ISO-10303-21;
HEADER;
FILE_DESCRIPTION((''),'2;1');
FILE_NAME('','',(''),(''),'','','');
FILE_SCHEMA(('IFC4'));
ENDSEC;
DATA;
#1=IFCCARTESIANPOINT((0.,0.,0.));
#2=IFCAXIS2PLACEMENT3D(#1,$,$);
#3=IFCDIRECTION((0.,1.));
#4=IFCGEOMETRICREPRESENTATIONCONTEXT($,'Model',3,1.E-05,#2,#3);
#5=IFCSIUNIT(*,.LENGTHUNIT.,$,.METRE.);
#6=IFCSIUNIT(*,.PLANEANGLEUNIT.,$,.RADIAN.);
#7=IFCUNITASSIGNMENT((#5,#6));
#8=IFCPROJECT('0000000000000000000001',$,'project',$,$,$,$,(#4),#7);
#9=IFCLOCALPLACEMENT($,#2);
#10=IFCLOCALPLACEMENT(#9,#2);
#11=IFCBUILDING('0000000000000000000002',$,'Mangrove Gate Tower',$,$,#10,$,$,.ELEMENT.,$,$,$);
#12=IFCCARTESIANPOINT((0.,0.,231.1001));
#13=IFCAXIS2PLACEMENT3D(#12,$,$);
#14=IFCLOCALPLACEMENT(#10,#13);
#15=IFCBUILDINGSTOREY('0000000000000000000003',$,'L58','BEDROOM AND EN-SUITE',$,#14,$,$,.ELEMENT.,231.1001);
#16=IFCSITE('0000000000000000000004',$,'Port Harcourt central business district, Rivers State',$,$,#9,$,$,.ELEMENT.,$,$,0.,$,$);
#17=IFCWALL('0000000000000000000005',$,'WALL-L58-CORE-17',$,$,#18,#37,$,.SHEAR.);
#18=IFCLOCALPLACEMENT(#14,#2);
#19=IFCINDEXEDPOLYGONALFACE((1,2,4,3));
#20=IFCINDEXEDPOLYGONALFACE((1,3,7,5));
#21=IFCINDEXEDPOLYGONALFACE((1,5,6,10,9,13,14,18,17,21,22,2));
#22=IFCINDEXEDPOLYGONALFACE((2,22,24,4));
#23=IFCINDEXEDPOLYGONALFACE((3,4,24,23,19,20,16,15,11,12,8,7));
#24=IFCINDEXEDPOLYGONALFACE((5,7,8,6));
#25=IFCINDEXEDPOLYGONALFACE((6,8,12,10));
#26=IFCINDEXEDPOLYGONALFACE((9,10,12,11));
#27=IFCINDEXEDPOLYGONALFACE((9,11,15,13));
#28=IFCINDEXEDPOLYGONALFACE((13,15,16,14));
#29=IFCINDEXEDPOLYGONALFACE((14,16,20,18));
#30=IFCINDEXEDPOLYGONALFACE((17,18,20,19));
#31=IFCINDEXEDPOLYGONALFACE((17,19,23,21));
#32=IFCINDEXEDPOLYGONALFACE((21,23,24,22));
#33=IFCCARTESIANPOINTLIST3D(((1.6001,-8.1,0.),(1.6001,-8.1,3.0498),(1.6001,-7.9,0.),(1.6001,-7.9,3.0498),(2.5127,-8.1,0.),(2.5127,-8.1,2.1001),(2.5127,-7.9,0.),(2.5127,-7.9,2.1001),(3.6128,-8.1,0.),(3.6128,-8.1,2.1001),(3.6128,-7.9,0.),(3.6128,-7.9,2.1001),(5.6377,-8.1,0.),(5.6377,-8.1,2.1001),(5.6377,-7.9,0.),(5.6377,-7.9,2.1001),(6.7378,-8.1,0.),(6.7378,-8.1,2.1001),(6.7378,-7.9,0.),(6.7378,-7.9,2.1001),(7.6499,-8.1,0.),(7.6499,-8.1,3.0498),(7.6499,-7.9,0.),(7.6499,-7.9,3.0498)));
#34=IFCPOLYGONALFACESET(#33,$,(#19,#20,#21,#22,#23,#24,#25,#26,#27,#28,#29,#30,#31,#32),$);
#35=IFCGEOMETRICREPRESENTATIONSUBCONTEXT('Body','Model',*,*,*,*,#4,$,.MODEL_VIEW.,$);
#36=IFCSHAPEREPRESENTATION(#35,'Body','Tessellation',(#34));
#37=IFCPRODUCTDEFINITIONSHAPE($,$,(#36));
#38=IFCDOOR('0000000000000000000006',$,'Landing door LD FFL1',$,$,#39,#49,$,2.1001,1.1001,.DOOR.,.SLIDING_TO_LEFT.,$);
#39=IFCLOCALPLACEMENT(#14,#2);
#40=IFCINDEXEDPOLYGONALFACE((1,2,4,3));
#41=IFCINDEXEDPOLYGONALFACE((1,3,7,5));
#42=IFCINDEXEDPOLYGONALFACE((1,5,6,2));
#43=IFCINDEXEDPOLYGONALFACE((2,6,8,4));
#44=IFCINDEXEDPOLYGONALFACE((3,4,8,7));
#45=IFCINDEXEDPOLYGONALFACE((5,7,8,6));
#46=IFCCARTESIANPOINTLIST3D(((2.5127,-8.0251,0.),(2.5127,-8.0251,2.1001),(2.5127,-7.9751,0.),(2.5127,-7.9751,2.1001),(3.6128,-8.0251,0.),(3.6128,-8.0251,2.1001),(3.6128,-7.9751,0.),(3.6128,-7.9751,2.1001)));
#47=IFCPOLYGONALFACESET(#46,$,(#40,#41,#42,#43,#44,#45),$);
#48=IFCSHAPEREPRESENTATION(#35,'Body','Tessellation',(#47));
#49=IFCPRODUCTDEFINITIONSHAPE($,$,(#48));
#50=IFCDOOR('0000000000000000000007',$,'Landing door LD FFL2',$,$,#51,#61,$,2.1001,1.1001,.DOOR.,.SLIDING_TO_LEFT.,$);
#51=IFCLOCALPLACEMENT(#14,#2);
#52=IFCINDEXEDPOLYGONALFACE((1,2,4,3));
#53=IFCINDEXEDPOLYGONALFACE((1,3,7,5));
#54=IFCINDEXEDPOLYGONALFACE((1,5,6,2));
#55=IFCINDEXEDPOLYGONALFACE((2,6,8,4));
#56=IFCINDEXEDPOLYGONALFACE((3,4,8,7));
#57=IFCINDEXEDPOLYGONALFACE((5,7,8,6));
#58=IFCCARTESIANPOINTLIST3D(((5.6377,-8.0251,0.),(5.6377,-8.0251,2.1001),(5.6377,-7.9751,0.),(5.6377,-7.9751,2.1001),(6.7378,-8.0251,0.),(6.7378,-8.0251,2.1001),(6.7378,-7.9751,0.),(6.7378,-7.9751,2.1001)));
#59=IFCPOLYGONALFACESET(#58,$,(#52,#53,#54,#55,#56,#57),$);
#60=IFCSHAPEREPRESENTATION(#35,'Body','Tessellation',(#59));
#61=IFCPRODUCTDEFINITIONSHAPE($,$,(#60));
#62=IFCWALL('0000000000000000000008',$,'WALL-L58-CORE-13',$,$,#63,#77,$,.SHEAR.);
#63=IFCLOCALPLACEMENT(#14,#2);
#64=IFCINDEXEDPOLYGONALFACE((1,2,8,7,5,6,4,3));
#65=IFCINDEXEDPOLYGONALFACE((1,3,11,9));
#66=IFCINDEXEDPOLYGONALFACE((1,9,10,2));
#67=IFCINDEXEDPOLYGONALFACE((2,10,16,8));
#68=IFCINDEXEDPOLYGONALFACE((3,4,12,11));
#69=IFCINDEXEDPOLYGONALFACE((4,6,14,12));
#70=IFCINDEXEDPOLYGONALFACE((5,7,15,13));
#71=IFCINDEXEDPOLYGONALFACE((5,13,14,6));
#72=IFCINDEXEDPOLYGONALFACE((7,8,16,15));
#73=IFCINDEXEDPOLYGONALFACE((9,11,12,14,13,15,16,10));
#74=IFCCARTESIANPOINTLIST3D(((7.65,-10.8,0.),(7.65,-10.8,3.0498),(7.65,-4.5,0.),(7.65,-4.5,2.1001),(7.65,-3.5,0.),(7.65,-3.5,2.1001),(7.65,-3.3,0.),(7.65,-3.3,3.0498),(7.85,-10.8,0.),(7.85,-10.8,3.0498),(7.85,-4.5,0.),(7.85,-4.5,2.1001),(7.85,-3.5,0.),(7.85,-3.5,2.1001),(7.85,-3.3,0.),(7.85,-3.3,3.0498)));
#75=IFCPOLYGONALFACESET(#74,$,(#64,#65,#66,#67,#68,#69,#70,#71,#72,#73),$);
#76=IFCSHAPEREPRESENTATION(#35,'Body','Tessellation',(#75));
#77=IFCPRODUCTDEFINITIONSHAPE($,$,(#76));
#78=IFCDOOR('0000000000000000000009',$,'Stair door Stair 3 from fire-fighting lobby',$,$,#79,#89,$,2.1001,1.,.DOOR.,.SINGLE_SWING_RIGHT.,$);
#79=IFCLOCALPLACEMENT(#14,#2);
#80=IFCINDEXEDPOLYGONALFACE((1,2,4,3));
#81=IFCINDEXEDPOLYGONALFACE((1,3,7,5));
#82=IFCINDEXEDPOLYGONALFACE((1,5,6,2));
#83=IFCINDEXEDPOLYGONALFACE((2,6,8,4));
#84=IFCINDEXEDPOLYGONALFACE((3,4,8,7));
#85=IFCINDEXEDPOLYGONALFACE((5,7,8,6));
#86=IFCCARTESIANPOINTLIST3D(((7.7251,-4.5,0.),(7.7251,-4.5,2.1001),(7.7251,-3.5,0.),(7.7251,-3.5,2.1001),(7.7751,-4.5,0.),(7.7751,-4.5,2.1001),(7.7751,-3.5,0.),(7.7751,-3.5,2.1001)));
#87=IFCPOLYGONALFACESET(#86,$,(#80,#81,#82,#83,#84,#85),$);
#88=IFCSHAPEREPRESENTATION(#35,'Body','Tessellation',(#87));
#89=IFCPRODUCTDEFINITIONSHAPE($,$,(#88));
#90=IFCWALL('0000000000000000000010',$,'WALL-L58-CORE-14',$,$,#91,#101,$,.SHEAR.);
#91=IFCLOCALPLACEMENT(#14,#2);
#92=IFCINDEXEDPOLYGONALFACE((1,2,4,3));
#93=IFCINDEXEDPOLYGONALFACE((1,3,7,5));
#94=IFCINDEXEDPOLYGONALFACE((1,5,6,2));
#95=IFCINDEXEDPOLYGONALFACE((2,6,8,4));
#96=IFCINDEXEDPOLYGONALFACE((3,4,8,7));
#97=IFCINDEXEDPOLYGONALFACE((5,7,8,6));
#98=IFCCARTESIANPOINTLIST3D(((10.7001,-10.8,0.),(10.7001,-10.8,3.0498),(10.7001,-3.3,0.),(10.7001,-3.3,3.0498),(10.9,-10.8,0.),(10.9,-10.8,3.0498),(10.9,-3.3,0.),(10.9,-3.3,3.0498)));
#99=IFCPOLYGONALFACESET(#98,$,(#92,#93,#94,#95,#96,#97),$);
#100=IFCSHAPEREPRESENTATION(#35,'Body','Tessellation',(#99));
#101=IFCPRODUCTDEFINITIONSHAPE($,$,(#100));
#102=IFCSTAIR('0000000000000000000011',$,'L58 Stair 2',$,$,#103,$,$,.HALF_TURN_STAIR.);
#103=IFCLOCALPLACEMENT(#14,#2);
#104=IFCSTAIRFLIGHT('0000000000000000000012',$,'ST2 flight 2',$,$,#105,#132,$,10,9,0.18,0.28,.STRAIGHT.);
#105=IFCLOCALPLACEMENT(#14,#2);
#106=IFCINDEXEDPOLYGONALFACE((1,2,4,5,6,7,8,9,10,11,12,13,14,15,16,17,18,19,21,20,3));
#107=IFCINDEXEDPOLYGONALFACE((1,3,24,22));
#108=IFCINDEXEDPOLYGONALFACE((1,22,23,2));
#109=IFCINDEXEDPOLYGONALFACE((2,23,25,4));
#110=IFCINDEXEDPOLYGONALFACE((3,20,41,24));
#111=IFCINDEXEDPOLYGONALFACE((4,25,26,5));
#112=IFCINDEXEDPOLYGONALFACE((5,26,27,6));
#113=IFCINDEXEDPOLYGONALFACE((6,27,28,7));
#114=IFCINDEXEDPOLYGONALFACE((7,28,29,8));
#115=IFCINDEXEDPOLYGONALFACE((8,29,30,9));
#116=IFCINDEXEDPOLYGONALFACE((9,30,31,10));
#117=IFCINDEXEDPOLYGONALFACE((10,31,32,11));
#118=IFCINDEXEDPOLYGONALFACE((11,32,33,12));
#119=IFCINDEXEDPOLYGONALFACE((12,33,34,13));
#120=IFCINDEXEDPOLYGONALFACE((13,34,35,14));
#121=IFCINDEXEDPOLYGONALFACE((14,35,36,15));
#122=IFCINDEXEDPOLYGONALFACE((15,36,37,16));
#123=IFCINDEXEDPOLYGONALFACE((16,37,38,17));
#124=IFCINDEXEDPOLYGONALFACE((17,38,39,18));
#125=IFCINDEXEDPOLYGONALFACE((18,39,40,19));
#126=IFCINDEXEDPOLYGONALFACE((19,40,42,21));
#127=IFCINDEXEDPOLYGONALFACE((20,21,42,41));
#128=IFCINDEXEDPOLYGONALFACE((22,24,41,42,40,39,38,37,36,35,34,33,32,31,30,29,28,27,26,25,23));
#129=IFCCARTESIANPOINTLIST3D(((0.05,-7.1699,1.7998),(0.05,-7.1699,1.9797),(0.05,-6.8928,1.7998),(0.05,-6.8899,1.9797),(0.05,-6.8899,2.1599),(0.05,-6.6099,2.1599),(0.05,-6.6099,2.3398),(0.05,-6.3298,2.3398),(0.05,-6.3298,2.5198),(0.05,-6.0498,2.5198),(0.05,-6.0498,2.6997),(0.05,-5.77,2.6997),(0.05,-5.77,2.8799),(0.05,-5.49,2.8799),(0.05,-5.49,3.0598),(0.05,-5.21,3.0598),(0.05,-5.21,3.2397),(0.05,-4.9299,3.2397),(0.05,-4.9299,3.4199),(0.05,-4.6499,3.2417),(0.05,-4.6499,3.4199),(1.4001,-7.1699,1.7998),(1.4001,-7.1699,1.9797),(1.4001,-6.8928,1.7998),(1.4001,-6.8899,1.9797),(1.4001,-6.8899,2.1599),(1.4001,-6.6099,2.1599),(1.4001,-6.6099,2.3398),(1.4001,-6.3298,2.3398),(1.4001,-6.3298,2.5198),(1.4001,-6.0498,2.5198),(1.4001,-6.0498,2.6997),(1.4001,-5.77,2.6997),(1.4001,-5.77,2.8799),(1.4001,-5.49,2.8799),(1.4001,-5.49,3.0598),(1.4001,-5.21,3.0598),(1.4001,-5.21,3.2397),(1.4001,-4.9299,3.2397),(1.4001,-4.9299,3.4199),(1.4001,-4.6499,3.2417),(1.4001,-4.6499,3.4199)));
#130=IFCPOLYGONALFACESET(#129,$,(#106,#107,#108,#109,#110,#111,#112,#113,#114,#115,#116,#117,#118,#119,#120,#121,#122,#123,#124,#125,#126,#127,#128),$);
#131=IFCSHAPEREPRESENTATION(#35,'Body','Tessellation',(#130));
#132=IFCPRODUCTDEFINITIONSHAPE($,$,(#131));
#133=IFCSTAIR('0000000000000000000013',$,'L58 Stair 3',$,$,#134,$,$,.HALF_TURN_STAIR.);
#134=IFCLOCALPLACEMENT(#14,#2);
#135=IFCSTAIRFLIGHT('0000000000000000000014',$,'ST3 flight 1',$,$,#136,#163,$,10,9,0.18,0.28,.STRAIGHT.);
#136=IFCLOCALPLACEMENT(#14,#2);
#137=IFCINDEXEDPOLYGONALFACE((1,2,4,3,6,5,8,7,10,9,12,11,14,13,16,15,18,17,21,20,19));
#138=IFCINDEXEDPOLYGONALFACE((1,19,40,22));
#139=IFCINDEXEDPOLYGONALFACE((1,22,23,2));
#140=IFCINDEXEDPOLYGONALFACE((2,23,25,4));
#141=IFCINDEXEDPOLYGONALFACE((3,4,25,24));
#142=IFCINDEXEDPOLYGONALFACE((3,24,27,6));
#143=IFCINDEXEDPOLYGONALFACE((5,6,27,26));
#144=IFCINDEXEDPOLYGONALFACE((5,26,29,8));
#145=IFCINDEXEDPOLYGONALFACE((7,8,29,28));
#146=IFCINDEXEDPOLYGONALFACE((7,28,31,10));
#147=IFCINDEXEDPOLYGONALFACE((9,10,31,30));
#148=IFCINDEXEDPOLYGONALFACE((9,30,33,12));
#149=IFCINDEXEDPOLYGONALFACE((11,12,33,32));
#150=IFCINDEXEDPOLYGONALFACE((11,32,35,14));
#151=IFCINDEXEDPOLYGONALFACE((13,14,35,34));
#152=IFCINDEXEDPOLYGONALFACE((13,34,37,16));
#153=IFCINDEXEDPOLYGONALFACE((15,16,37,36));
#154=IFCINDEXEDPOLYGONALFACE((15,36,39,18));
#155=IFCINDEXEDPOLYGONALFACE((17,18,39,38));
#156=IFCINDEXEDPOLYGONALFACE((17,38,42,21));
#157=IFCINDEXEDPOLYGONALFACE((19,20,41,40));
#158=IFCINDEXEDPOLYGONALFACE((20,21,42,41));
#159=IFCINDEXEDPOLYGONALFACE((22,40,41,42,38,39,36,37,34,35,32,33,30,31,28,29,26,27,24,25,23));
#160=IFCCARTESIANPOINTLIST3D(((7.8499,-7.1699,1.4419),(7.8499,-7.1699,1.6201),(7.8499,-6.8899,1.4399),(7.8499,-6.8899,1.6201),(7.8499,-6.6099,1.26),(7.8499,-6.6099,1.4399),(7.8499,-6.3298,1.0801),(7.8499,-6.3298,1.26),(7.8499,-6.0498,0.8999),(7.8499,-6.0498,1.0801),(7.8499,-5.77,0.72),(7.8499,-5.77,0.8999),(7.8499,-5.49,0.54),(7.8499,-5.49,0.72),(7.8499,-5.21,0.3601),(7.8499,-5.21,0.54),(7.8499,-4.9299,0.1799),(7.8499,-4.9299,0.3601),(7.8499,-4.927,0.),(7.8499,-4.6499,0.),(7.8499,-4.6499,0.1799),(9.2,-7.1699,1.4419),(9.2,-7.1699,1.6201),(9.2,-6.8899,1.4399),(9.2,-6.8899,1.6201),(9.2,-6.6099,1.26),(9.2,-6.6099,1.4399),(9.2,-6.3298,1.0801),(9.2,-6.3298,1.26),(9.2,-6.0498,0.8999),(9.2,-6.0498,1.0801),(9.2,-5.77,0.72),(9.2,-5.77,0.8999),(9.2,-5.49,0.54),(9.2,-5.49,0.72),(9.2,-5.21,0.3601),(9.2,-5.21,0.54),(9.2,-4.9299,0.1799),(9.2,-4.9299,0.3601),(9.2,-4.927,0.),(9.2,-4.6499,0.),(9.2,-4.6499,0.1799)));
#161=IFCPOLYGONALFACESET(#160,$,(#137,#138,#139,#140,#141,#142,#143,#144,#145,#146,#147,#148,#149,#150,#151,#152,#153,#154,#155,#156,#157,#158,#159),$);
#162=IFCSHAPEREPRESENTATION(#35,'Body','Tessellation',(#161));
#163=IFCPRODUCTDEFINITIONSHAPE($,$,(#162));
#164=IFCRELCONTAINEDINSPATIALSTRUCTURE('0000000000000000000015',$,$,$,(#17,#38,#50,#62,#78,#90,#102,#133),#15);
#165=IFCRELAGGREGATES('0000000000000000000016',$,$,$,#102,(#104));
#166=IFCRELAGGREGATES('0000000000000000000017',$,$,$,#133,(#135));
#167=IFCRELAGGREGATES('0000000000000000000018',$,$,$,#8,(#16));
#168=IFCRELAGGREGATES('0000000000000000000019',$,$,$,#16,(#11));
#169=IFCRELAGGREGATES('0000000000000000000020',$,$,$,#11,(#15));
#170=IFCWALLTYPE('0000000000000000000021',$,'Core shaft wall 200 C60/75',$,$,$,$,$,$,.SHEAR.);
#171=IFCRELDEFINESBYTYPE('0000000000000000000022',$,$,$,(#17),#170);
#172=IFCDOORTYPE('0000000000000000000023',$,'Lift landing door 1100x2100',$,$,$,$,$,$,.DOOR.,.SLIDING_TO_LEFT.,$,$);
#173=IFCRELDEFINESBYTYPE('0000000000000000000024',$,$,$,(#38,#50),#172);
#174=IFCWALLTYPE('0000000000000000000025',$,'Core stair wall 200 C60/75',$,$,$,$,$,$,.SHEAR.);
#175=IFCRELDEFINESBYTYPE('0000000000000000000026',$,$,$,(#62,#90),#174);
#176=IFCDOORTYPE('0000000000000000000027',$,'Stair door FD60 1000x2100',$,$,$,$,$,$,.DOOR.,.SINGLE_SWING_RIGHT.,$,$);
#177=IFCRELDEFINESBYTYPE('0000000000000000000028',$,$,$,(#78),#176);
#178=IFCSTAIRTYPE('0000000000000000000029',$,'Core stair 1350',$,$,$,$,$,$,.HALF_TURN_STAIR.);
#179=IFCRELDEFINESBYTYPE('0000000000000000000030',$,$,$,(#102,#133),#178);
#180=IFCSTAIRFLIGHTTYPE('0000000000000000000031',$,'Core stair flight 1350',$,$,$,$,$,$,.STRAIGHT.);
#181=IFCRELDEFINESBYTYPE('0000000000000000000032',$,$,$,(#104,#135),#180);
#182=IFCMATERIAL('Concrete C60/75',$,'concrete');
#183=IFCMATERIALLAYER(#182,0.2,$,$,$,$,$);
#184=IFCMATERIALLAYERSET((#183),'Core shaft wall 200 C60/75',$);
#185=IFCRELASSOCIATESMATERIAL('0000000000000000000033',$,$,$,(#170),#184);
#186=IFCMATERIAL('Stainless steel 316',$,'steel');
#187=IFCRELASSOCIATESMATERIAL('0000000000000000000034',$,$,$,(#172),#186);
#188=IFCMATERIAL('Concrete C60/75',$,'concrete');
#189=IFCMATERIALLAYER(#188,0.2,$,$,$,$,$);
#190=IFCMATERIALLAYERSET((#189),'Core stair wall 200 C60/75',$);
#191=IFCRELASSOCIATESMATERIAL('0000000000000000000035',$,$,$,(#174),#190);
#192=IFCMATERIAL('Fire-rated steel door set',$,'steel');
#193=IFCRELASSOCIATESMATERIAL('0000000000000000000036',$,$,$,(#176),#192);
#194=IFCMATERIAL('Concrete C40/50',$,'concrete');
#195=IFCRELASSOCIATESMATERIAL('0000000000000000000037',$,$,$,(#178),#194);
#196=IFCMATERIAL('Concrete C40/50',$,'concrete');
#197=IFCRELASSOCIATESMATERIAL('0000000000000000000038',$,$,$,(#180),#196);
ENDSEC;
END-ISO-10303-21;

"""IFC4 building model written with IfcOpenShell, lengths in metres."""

from ifc_helpers import new_model, si_unit, direction, frame, frame_2d, origin, place, context, subcontext, project, spatial, polyline, rectangle, outline, extrude, material, layer, layer_set, type_object, element, fill, aggregate, save


model = new_model("IFC4")

# Units and contexts
model_context = context("Model", 3, precision=1e-05, world=origin(), true_north=direction((0.0, 1.0)))
body_context = subcontext(model_context, "Body", "Model", "MODEL_VIEW")
ifc_project = project(units=[si_unit("LENGTHUNIT", "METRE"), si_unit("PLANEANGLEUNIT", "RADIAN")], contexts=[model_context])

# Site, building, storey
site_placement = place(None, origin())
site = spatial("IfcSite", under=ifc_project, at=site_placement, Name="Port Harcourt central business district, Rivers State", CompositionType="ELEMENT", RefElevation=0.0)
building_placement = place(site_placement, origin())
building = spatial("IfcBuilding", under=site, at=building_placement, Name="Mangrove Gate Tower", CompositionType="ELEMENT")
storey_placement = place(building_placement, frame((0.0, 0.0, 231.1001)))
storey = spatial("IfcBuildingStorey", under=building, at=storey_placement, Name="L58", Description="BEDROOM AND EN-SUITE", CompositionType="ELEMENT", Elevation=231.1001)

# Wall, openings, doors
ifc_material_1 = material(Name="Concrete C60/75", Category="concrete")
ifc_layer_1 = layer(ifc_material_1, 0.2)
ifc_layer_set_1 = layer_set([ifc_layer_1], Name="Core shaft wall 200 C60/75")
wall_type_1 = type_object("IfcWallType", Name="Core shaft wall 200 C60/75", PredefinedType="SHEAR", material=ifc_layer_set_1)
wall_1_placement = place(storey_placement, frame((1.6001, -8.0, 0.0), z_axis=(0.0, 0.0, 1.0), x_axis=(1.0, 0.0, 0.0)))
wall_1 = element("IfcWall", 1, at=wall_1_placement, inside=storey, type_object=wall_type_1, Name="WALL-L58-CORE-17", PredefinedType="SHEAR", context=body_context, shape_type="SweptSolid", body=[
    extrude(rectangle(XDim=6.0498, YDim=0.2, at=frame_2d((3.0249, 0.0))), origin(), (0.0, 0.0, 1.0), 3.0498),
])
opening_1_placement = place(wall_1_placement, frame((0.9126, 0.0, 0.0)))
opening_1 = element("IfcOpeningElement", 2, at=opening_1_placement, cuts=wall_1, PredefinedType="OPENING", context=body_context, shape_type="SweptSolid", body=[
    extrude(rectangle(XDim=1.1001, YDim=2.1001, at=frame_2d((0.55, 1.05))), frame((0.0, 0.1099, 0.0), z_axis=(0.0, -1.0, 0.0), x_axis=(1.0, 0.0, 0.0)), (0.0, 0.0, 1.0), 0.22),
])
opening_2_placement = place(wall_1_placement, frame((4.0376, 0.0, 0.0)))
opening_2 = element("IfcOpeningElement", 3, at=opening_2_placement, cuts=wall_1, PredefinedType="OPENING", context=body_context, shape_type="SweptSolid", body=[
    extrude(rectangle(XDim=1.1001, YDim=2.1001, at=frame_2d((0.55, 1.05))), frame((0.0, 0.1099, 0.0), z_axis=(0.0, -1.0, 0.0), x_axis=(1.0, 0.0, 0.0)), (0.0, 0.0, 1.0), 0.22),
])
ifc_material_2 = material(Name="Stainless steel 316", Category="steel")
door_type_1 = type_object("IfcDoorType", Name="Lift landing door 1100x2100", OperationType="SLIDING_TO_LEFT", PredefinedType="DOOR", material=ifc_material_2)
door_1_placement = place(opening_1_placement, origin())
door_1 = element("IfcDoor", 4, at=door_1_placement, inside=storey, type_object=door_type_1, Name="Landing door LD FFL1", OperationType="SLIDING_TO_LEFT", OverallHeight=2.1001, OverallWidth=1.1001, PredefinedType="DOOR", context=body_context, shape_type="SweptSolid", body=[
    extrude(rectangle(XDim=1.1001, YDim=2.1001, at=frame_2d((0.55, 1.05))), frame((0.0, 0.0249, 0.0), z_axis=(0.0, -1.0, 0.0), x_axis=(1.0, 0.0, 0.0)), (0.0, 0.0, 1.0), 0.05),
])
fill(opening_1, door_1)
door_2_placement = place(opening_2_placement, origin())
door_2 = element("IfcDoor", 5, at=door_2_placement, inside=storey, type_object=door_type_1, Name="Landing door LD FFL2", OperationType="SLIDING_TO_LEFT", OverallHeight=2.1001, OverallWidth=1.1001, PredefinedType="DOOR", context=body_context, shape_type="SweptSolid", body=[
    extrude(rectangle(XDim=1.1001, YDim=2.1001, at=frame_2d((0.55, 1.05))), frame((0.0, 0.0249, 0.0), z_axis=(0.0, -1.0, 0.0), x_axis=(1.0, 0.0, 0.0)), (0.0, 0.0, 1.0), 0.05),
])
fill(opening_2, door_2)

# Wall, opening, door
ifc_material_3 = material(Name="Concrete C60/75", Category="concrete")
ifc_layer_2 = layer(ifc_material_3, 0.2)
ifc_layer_set_2 = layer_set([ifc_layer_2], Name="Core stair wall 200 C60/75")
wall_type_2 = type_object("IfcWallType", Name="Core stair wall 200 C60/75", PredefinedType="SHEAR", material=ifc_layer_set_2)
wall_2_placement = place(storey_placement, frame((7.75, -10.8, 0.0), z_axis=(0.0, 0.0, 1.0), x_axis=(0.0, 1.0, 0.0)))
wall_2 = element("IfcWall", 6, at=wall_2_placement, inside=storey, type_object=wall_type_2, Name="WALL-L58-CORE-13", PredefinedType="SHEAR", context=body_context, shape_type="SweptSolid", body=[
    extrude(rectangle(XDim=7.5, YDim=0.2, at=frame_2d((3.75, 0.0))), origin(), (0.0, 0.0, 1.0), 3.0498),
])
opening_3_placement = place(wall_2_placement, frame((6.3, 0.0, 0.0)))
opening_3 = element("IfcOpeningElement", 7, at=opening_3_placement, cuts=wall_2, PredefinedType="OPENING", context=body_context, shape_type="SweptSolid", body=[
    extrude(rectangle(XDim=1.0, YDim=2.1001, at=frame_2d((0.5, 1.05))), frame((0.0, 0.1099, 0.0), z_axis=(0.0, -1.0, 0.0), x_axis=(1.0, 0.0, 0.0)), (0.0, 0.0, 1.0), 0.22),
])
ifc_material_4 = material(Name="Fire-rated steel door set", Category="steel")
door_type_2 = type_object("IfcDoorType", Name="Stair door FD60 1000x2100", OperationType="SINGLE_SWING_RIGHT", PredefinedType="DOOR", material=ifc_material_4)
door_3_placement = place(opening_3_placement, origin())
door_3 = element("IfcDoor", 8, at=door_3_placement, inside=storey, type_object=door_type_2, Name="Stair door Stair 3 from fire-fighting lobby", OperationType="SINGLE_SWING_RIGHT", OverallHeight=2.1001, OverallWidth=1.0, PredefinedType="DOOR", context=body_context, shape_type="SweptSolid", body=[
    extrude(rectangle(XDim=1.0, YDim=2.1001, at=frame_2d((0.5, 1.05))), frame((0.0, 0.0249, 0.0), z_axis=(0.0, -1.0, 0.0), x_axis=(1.0, 0.0, 0.0)), (0.0, 0.0, 1.0), 0.05),
])
fill(opening_3, door_3)

# Wall
wall_3_placement = place(storey_placement, frame((10.8, -10.8, 0.0), z_axis=(0.0, 0.0, 1.0), x_axis=(0.0, 1.0, 0.0)))
element("IfcWall", 9, at=wall_3_placement, inside=storey, type_object=wall_type_2, Name="WALL-L58-CORE-14", PredefinedType="SHEAR", context=body_context, shape_type="SweptSolid", body=[
    extrude(rectangle(XDim=7.5, YDim=0.2, at=frame_2d((3.75, 0.0))), origin(), (0.0, 0.0, 1.0), 3.0498),
])

# Stair, stair flight
ifc_material_5 = material(Name="Concrete C40/50", Category="concrete")
stair_type = type_object("IfcStairType", Name="Core stair 1350", PredefinedType="HALF_TURN_STAIR", material=ifc_material_5)
stair_1_placement = place(storey_placement, origin())
stair_1 = element("IfcStair", 10, at=stair_1_placement, inside=storey, type_object=stair_type, Name="L58 Stair 2", PredefinedType="HALF_TURN_STAIR")
ifc_material_6 = material(Name="Concrete C40/50", Category="concrete")
stair_flight_type = type_object("IfcStairFlightType", Name="Core stair flight 1350", PredefinedType="STRAIGHT", material=ifc_material_6)
stair_flight_1_placement = place(storey_placement, frame((0.7251, -7.1699, 1.7998), z_axis=(0.0, 0.0, 1.0), x_axis=(0.0, 1.0, 0.0)))
stair_flight_1 = element("IfcStairFlight", 11, at=stair_flight_1_placement, type_object=stair_flight_type, Name="ST2 flight 2", NumberOfRisers=10, NumberOfTreads=9, PredefinedType="STRAIGHT", RiserHeight=0.18, TreadLength=0.28, context=body_context, shape_type="SweptSolid", body=[
    extrude(outline(polyline([(0.0, 0.0), (0.0, 0.1799), (0.28, 0.1799), (0.28, 0.3601), (0.5601, 0.3601), (0.5601, 0.54), (0.8401, 0.54), (0.8401, 0.72), (1.1201, 0.72), (1.1201, 0.8999), (1.3999, 0.8999), (1.3999, 1.0801), (1.6799, 1.0801), (1.6799, 1.26), (1.96, 1.26), (1.96, 1.4399), (2.24, 1.4399), (2.24, 1.6201), (2.52, 1.6201), (2.52, 1.8), (2.52, 1.4419), (0.2771, 0.0), (0.0, 0.0)])), frame((0.0, 0.675, 0.0), z_axis=(0.0, -1.0, 0.0), x_axis=(1.0, 0.0, 0.0)), (0.0, 0.0, 1.0), 1.3501),
])
aggregate(stair_1, [stair_flight_1])

# Stair, stair flight
stair_2_placement = place(storey_placement, origin())
stair_2 = element("IfcStair", 12, at=stair_2_placement, inside=storey, type_object=stair_type, Name="L58 Stair 3", PredefinedType="HALF_TURN_STAIR")
stair_flight_2_placement = place(storey_placement, frame((8.5249, -4.6499, 0.0), z_axis=(0.0, 0.0, 1.0), x_axis=(0.0, -1.0, 0.0)))
stair_flight_2 = element("IfcStairFlight", 13, at=stair_flight_2_placement, type_object=stair_flight_type, Name="ST3 flight 1", NumberOfRisers=10, NumberOfTreads=9, PredefinedType="STRAIGHT", RiserHeight=0.18, TreadLength=0.28, context=body_context, shape_type="SweptSolid", body=[
    extrude(outline(polyline([(0.0, 0.0), (0.0, 0.1799), (0.28, 0.1799), (0.28, 0.3601), (0.5601, 0.3601), (0.5601, 0.54), (0.8401, 0.54), (0.8401, 0.72), (1.1201, 0.72), (1.1201, 0.8999), (1.3999, 0.8999), (1.3999, 1.0801), (1.6799, 1.0801), (1.6799, 1.26), (1.96, 1.26), (1.96, 1.4399), (2.24, 1.4399), (2.24, 1.6201), (2.52, 1.6201), (2.52, 1.8), (2.52, 1.4419), (0.2771, 0.0), (0.0, 0.0)])), frame((0.0, 0.675, 0.0), z_axis=(0.0, -1.0, 0.0), x_axis=(1.0, 0.0, 0.0)), (0.0, 0.0, 1.0), 1.3501),
])
aggregate(stair_2, [stair_flight_2])

save(model, "model.ifc")
